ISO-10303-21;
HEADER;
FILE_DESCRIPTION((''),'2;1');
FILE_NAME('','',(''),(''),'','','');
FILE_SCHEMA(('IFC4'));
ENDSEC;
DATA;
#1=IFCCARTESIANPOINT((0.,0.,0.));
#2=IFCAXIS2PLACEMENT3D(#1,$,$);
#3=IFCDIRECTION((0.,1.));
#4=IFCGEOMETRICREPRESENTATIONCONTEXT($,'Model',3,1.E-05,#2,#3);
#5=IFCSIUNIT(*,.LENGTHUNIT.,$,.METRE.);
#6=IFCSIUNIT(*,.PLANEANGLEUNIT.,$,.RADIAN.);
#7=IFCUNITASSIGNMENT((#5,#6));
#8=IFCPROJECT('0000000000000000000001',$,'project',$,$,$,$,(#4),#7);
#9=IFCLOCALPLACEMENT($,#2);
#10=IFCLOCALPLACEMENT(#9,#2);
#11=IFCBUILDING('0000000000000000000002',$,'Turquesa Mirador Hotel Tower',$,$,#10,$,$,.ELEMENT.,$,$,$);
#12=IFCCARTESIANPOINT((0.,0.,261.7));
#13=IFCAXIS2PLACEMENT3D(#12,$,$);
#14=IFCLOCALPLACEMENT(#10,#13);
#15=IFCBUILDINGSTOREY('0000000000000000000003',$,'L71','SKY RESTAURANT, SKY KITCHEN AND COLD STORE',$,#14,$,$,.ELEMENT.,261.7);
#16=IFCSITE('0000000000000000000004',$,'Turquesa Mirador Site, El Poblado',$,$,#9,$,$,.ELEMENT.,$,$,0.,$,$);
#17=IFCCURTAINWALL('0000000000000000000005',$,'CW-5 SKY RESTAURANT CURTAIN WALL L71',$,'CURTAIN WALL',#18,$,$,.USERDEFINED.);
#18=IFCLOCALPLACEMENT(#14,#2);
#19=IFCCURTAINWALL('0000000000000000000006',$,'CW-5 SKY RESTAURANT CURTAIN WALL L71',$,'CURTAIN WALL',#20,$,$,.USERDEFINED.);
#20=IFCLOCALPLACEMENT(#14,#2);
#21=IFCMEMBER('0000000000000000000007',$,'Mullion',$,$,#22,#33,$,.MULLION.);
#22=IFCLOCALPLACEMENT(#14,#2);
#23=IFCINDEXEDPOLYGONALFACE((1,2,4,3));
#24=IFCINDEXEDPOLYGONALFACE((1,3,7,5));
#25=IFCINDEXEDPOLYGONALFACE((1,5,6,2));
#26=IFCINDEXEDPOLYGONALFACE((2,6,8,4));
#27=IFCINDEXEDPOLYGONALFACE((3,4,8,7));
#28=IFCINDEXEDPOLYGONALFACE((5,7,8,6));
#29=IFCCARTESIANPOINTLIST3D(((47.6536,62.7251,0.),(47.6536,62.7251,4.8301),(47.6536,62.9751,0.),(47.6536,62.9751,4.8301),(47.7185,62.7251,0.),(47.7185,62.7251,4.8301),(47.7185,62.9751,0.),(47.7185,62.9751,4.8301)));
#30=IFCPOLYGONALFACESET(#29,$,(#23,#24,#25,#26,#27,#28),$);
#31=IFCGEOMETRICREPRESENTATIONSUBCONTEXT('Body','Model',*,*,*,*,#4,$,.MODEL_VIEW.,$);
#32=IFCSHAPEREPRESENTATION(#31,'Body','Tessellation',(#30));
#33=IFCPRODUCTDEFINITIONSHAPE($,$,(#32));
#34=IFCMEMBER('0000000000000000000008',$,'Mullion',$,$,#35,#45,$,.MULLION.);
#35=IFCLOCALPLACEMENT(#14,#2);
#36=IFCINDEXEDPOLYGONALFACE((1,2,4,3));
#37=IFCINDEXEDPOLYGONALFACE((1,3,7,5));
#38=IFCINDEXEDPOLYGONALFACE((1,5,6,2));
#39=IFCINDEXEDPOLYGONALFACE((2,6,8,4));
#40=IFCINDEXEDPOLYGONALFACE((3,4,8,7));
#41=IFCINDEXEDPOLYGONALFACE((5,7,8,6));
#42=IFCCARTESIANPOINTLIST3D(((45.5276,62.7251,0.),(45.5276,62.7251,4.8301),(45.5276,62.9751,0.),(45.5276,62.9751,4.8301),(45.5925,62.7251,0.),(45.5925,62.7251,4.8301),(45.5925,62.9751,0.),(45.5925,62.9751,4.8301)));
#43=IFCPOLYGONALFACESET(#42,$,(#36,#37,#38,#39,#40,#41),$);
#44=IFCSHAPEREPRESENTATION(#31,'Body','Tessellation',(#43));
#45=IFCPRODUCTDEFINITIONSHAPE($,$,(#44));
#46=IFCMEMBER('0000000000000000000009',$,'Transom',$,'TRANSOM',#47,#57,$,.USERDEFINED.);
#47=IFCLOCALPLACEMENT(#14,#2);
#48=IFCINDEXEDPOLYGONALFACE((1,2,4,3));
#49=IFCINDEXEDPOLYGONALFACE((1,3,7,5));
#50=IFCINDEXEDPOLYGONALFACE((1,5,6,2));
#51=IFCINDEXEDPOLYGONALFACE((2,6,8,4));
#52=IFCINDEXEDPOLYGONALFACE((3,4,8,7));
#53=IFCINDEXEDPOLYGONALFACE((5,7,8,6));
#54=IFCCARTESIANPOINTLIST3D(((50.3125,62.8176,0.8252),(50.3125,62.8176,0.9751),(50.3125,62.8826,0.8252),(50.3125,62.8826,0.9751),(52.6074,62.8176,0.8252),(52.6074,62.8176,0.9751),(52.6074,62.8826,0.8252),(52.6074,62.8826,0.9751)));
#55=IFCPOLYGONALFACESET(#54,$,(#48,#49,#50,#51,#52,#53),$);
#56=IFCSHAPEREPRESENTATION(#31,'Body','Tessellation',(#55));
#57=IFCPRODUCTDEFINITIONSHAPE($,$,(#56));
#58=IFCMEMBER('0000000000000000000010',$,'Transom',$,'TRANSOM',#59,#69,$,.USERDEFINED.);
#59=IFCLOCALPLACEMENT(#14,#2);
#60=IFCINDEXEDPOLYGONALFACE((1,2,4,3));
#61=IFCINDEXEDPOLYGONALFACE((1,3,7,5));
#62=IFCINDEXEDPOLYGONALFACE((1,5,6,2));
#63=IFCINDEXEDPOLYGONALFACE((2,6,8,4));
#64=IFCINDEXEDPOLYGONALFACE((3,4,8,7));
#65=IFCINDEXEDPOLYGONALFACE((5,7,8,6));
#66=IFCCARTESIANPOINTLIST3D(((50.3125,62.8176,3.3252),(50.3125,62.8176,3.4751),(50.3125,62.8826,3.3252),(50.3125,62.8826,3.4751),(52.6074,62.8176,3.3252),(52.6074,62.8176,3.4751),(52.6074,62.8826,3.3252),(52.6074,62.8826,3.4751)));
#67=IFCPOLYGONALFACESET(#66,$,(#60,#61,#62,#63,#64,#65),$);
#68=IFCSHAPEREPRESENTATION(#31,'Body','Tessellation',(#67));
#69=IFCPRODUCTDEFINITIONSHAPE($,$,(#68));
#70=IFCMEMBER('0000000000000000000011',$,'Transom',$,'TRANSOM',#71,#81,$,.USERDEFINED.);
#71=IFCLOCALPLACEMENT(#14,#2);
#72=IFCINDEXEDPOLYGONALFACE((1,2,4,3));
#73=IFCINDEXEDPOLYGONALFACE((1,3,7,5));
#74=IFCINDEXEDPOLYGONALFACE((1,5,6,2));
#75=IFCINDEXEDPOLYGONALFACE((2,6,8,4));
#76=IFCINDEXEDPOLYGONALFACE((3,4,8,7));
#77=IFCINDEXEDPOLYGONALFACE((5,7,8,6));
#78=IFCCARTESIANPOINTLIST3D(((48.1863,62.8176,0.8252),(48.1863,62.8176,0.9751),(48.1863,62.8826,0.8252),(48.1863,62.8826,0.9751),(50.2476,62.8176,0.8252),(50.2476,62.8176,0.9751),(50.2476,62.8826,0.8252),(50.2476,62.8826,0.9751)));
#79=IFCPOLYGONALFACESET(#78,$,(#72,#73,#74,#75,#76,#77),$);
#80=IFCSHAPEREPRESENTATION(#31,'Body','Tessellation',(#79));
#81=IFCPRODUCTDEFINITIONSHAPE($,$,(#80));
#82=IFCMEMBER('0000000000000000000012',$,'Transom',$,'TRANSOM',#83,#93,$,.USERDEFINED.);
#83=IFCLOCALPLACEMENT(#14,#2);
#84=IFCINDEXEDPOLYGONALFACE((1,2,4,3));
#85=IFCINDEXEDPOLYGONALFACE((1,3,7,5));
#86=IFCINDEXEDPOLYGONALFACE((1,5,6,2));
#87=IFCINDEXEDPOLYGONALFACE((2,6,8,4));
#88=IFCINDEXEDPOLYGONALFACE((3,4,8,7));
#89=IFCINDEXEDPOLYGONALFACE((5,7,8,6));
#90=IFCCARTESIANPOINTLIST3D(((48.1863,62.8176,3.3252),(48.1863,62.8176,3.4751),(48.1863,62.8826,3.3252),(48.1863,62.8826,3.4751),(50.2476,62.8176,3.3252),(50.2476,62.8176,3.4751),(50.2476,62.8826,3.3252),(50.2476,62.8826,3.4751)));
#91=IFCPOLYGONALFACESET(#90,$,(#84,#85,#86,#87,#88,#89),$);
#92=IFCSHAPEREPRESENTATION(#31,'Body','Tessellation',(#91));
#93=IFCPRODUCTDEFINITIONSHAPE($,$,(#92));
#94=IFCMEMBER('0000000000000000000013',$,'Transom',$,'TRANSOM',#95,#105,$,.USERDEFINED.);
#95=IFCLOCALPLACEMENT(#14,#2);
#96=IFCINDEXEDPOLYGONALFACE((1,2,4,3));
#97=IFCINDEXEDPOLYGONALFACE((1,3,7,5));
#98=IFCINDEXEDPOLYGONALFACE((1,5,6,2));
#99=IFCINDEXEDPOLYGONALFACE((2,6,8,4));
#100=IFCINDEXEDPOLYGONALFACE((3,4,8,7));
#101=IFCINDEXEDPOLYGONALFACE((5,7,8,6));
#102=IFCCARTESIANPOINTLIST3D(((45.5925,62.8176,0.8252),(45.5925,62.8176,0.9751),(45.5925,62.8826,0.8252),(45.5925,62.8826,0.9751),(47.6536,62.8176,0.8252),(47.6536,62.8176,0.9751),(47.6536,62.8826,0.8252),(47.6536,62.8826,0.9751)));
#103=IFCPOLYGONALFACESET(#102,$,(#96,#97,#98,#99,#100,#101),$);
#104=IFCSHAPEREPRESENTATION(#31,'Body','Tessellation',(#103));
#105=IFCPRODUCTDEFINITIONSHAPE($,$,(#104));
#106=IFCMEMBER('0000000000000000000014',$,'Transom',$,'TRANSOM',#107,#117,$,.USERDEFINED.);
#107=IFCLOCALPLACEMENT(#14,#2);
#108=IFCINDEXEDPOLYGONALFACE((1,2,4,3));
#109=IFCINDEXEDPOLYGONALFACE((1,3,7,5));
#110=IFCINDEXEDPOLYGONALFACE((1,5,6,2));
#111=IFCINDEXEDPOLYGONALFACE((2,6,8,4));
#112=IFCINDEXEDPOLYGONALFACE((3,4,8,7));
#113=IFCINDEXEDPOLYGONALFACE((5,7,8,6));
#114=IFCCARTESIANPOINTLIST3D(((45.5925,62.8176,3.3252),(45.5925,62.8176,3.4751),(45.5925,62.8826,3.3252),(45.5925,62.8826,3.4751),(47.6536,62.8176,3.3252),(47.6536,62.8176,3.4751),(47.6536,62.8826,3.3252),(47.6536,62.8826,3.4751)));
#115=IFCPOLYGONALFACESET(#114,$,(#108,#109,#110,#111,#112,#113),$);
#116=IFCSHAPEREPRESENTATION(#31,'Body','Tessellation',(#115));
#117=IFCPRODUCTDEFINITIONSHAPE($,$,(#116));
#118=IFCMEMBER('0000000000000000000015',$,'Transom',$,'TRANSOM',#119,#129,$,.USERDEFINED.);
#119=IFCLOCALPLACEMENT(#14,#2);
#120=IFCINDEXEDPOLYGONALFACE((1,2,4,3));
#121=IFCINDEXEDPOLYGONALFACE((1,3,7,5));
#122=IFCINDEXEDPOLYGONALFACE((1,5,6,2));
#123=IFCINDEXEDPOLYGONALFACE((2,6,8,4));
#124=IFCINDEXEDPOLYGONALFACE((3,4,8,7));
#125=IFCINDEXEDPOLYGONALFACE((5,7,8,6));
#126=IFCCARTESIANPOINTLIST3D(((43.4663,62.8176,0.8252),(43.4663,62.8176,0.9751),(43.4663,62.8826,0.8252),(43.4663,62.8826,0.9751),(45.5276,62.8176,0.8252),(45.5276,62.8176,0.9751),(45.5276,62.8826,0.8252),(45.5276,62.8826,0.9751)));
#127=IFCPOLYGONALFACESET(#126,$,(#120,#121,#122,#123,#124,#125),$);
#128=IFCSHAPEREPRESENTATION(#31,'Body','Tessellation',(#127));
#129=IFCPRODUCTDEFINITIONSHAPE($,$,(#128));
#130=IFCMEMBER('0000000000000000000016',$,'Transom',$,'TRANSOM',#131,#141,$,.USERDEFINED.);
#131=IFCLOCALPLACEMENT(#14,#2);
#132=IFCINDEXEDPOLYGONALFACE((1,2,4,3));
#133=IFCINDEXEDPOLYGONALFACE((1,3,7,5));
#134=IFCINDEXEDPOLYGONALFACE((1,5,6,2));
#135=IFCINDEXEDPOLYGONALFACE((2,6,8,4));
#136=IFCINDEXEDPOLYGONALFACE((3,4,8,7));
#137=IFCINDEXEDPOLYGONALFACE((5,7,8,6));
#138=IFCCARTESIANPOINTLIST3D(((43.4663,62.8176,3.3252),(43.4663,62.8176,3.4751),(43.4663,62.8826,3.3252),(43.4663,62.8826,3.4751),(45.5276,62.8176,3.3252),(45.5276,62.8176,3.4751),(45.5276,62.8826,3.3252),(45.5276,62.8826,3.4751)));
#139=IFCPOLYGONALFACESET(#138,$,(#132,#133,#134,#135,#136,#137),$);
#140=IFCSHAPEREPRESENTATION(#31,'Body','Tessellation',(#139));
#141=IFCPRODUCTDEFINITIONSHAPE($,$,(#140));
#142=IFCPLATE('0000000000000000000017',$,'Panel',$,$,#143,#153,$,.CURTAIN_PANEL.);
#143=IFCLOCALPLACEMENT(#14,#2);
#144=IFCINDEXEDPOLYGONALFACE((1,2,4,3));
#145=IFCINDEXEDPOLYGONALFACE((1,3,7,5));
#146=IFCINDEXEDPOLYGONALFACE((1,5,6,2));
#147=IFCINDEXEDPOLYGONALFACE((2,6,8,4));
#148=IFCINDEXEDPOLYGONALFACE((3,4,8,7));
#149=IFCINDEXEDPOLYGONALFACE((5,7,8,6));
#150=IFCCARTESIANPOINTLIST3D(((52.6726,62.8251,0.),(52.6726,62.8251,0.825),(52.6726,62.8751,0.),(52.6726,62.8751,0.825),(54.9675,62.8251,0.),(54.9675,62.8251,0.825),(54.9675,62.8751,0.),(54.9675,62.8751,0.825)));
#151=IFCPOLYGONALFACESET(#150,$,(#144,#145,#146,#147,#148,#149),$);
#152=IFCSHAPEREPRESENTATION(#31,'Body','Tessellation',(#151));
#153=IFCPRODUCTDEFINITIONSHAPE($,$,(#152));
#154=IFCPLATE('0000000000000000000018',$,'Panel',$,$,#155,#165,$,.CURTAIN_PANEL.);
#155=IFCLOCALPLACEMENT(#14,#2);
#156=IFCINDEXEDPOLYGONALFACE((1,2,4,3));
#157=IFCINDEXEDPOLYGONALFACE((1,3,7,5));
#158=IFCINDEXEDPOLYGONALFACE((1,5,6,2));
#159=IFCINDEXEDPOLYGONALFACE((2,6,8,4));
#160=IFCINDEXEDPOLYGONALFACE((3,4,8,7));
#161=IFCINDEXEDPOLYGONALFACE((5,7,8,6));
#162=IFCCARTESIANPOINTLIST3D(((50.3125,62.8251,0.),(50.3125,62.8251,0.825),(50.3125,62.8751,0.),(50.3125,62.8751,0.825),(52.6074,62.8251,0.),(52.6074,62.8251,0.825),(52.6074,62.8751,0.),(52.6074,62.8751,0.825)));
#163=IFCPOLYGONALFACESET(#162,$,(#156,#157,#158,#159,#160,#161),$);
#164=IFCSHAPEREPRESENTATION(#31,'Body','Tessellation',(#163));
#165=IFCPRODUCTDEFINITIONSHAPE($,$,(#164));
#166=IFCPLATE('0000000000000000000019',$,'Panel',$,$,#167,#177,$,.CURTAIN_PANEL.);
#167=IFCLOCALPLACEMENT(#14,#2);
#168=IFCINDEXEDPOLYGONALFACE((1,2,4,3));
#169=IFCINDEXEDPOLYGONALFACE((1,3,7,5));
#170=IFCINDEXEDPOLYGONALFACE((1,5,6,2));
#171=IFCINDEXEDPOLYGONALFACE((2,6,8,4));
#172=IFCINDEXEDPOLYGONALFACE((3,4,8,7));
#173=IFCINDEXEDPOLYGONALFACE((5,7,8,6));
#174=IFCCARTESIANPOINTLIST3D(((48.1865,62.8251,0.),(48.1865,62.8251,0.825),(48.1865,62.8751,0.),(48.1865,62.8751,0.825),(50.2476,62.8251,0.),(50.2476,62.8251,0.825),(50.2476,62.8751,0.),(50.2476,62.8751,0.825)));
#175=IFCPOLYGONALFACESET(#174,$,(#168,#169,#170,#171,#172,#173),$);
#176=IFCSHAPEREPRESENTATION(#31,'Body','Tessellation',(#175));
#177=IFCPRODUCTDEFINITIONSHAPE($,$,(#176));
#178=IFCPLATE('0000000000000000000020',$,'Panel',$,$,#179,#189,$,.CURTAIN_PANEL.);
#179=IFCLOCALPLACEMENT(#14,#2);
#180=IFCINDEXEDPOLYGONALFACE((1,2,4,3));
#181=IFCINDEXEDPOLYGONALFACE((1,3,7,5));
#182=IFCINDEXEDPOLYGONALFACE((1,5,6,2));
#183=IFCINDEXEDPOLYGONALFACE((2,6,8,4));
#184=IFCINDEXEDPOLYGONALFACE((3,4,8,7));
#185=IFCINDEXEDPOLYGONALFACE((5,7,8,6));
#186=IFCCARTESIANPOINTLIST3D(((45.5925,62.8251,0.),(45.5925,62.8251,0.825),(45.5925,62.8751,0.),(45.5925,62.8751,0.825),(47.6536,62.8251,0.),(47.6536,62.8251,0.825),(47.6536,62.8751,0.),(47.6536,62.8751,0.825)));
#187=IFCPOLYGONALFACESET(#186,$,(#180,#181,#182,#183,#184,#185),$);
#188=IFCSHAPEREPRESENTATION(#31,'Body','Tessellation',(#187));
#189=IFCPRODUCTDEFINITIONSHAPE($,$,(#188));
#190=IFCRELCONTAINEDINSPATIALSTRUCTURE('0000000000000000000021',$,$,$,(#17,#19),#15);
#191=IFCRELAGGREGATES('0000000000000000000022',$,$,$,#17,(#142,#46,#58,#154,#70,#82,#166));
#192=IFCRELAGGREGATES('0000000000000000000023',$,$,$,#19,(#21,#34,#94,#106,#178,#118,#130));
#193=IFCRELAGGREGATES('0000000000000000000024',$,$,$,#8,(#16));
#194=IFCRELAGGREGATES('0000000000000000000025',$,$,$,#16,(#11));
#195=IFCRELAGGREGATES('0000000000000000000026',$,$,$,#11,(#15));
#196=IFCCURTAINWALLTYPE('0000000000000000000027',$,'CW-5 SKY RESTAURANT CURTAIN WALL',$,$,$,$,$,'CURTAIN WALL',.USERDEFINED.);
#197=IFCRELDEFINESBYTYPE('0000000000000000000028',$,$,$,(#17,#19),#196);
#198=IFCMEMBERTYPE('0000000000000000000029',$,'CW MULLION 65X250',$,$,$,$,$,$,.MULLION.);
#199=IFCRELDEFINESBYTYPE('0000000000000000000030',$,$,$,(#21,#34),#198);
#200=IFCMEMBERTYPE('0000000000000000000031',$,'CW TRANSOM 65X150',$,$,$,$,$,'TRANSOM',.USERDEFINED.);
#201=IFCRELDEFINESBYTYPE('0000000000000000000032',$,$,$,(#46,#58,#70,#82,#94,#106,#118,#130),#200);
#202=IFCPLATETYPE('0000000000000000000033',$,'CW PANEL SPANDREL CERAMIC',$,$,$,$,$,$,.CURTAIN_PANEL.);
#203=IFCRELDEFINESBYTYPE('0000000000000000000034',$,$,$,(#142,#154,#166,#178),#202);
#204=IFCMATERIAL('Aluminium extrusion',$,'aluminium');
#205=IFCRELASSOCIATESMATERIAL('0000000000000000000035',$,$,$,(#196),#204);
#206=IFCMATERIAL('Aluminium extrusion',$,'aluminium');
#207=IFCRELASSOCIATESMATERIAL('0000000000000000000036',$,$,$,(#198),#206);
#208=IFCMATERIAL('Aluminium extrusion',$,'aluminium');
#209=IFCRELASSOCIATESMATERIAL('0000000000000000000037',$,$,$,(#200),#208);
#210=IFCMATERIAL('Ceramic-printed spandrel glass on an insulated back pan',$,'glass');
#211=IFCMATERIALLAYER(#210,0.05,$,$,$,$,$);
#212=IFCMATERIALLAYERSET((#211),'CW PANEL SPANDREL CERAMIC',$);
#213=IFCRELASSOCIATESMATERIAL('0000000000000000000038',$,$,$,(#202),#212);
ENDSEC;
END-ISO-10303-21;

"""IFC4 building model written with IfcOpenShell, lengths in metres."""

from ifc_helpers import new_model, si_unit, direction, frame, origin, origin_2d, place, context, subcontext, project, spatial, rectangle, extrude, material, layer, layer_set, material_profile, profile_set, type_object, element, aggregate, save


model = new_model("IFC4")

# Units and contexts
model_context = context("Model", 3, precision=1e-05, world=origin(), true_north=direction((0.0, 1.0)))
body_context = subcontext(model_context, "Body", "Model", "MODEL_VIEW")
ifc_project = project(units=[si_unit("LENGTHUNIT", "METRE"), si_unit("PLANEANGLEUNIT", "RADIAN")], contexts=[model_context])

# Site, building, storey
site_placement = place(None, origin())
site = spatial("IfcSite", under=ifc_project, at=site_placement, Name="Turquesa Mirador Site, El Poblado", CompositionType="ELEMENT", RefElevation=0.0)
building_placement = place(site_placement, origin())
building = spatial("IfcBuilding", under=site, at=building_placement, Name="Turquesa Mirador Hotel Tower", CompositionType="ELEMENT")
storey_placement = place(building_placement, frame((0.0, 0.0, 261.7)))
storey = spatial("IfcBuildingStorey", under=building, at=storey_placement, Name="L71", Description="SKY RESTAURANT, SKY KITCHEN AND COLD STORE", CompositionType="ELEMENT", Elevation=261.7)

# Curtain walls, members
ifc_material_1 = material(Name="Aluminium extrusion", Category="aluminium")
curtain_wall_type = type_object("IfcCurtainWallType", Name="CW-5 SKY RESTAURANT CURTAIN WALL", ElementType="CURTAIN WALL", PredefinedType="USERDEFINED", material=ifc_material_1)
curtain_wall_1_placement = place(storey_placement, origin())
curtain_wall_1 = element("IfcCurtainWall", 1, at=curtain_wall_1_placement, inside=storey, type_object=curtain_wall_type, Name="CW-5 SKY RESTAURANT CURTAIN WALL L71", ObjectType="CURTAIN WALL", PredefinedType="USERDEFINED")
ifc_material_2 = material(Name="Aluminium extrusion", Category="aluminium")
ifc_material_profile_1 = material_profile(ifc_material_2, rectangle(XDim=0.0649, YDim=0.25, at=origin_2d()), Name="MULLION 65X250")
ifc_profile_set_1 = profile_set([ifc_material_profile_1], Name="Aluminium extrusion")
member_type_1 = type_object("IfcMemberType", Name="CW MULLION 65X250", PredefinedType="MULLION", material=ifc_profile_set_1)
curtain_wall_2_placement = place(storey_placement, origin())
curtain_wall_2 = element("IfcCurtainWall", 2, at=curtain_wall_2_placement, inside=storey, type_object=curtain_wall_type, Name="CW-5 SKY RESTAURANT CURTAIN WALL L71", ObjectType="CURTAIN WALL", PredefinedType="USERDEFINED")
member_1_placement = place(storey_placement, frame((47.686, 62.8501, 0.0), z_axis=(0.0, 0.0, 1.0), x_axis=(-1.0, 0.0, 0.0)))
member_1 = element("IfcMember", 3, at=member_1_placement, type_object=member_type_1, Name="Mullion", PredefinedType="MULLION", context=body_context, shape_type="SweptSolid", body=[
    extrude(rectangle(XDim=0.0649, YDim=0.25, at=origin_2d()), origin(), (0.0, 0.0, 1.0), 4.8301),
])
member_2_placement = place(storey_placement, frame((45.5601, 62.8501, 0.0), z_axis=(0.0, 0.0, 1.0), x_axis=(-1.0, 0.0, 0.0)))
member_2 = element("IfcMember", 4, at=member_2_placement, type_object=member_type_1, Name="Mullion", PredefinedType="MULLION", context=body_context, shape_type="SweptSolid", body=[
    extrude(rectangle(XDim=0.0649, YDim=0.25, at=origin_2d()), origin(), (0.0, 0.0, 1.0), 4.8301),
])

# Members
ifc_material_3 = material(Name="Aluminium extrusion", Category="aluminium")
ifc_material_profile_2 = material_profile(ifc_material_3, rectangle(XDim=0.0649, YDim=0.1499, at=origin_2d()), Name="TRANSOM 65X150")
ifc_profile_set_2 = profile_set([ifc_material_profile_2], Name="Aluminium extrusion")
member_type_2 = type_object("IfcMemberType", Name="CW TRANSOM 65X150", ElementType="TRANSOM", PredefinedType="USERDEFINED", material=ifc_profile_set_2)
member_3_placement = place(storey_placement, frame((52.6074, 62.8501, 0.9001), z_axis=(-1.0, 0.0, 0.0), x_axis=(0.0, -1.0, 0.0)))
member_3 = element("IfcMember", 5, at=member_3_placement, type_object=member_type_2, Name="Transom", ObjectType="TRANSOM", PredefinedType="USERDEFINED", context=body_context, shape_type="SweptSolid", body=[
    extrude(rectangle(XDim=0.0649, YDim=0.1499, at=origin_2d()), origin(), (0.0, 0.0, 1.0), 2.2949),
])
member_4_placement = place(storey_placement, frame((52.6074, 62.8501, 3.4001), z_axis=(-1.0, 0.0, 0.0), x_axis=(0.0, -1.0, 0.0)))
member_4 = element("IfcMember", 6, at=member_4_placement, type_object=member_type_2, Name="Transom", ObjectType="TRANSOM", PredefinedType="USERDEFINED", context=body_context, shape_type="SweptSolid", body=[
    extrude(rectangle(XDim=0.0649, YDim=0.1499, at=origin_2d()), origin(), (0.0, 0.0, 1.0), 2.2949),
])
member_5_placement = place(storey_placement, frame((50.2476, 62.8501, 0.9001), z_axis=(-1.0, 0.0, 0.0), x_axis=(0.0, -1.0, 0.0)))
member_5 = element("IfcMember", 7, at=member_5_placement, type_object=member_type_2, Name="Transom", ObjectType="TRANSOM", PredefinedType="USERDEFINED", context=body_context, shape_type="SweptSolid", body=[
    extrude(rectangle(XDim=0.0649, YDim=0.1499, at=origin_2d()), origin(), (0.0, 0.0, 1.0), 2.0613),
])
member_6_placement = place(storey_placement, frame((50.2476, 62.8501, 3.4001), z_axis=(-1.0, 0.0, 0.0), x_axis=(0.0, -1.0, 0.0)))
member_6 = element("IfcMember", 8, at=member_6_placement, type_object=member_type_2, Name="Transom", ObjectType="TRANSOM", PredefinedType="USERDEFINED", context=body_context, shape_type="SweptSolid", body=[
    extrude(rectangle(XDim=0.0649, YDim=0.1499, at=origin_2d()), origin(), (0.0, 0.0, 1.0), 2.0613),
])
member_7_placement = place(storey_placement, frame((47.6536, 62.8501, 0.9001), z_axis=(-1.0, 0.0, 0.0), x_axis=(0.0, -1.0, 0.0)))
member_7 = element("IfcMember", 9, at=member_7_placement, type_object=member_type_2, Name="Transom", ObjectType="TRANSOM", PredefinedType="USERDEFINED", context=body_context, shape_type="SweptSolid", body=[
    extrude(rectangle(XDim=0.0649, YDim=0.1499, at=origin_2d()), origin(), (0.0, 0.0, 1.0), 2.061),
])
member_8_placement = place(storey_placement, frame((47.6536, 62.8501, 3.4001), z_axis=(-1.0, 0.0, 0.0), x_axis=(0.0, -1.0, 0.0)))
member_8 = element("IfcMember", 10, at=member_8_placement, type_object=member_type_2, Name="Transom", ObjectType="TRANSOM", PredefinedType="USERDEFINED", context=body_context, shape_type="SweptSolid", body=[
    extrude(rectangle(XDim=0.0649, YDim=0.1499, at=origin_2d()), origin(), (0.0, 0.0, 1.0), 2.061),
])
member_9_placement = place(storey_placement, frame((45.5276, 62.8501, 0.9001), z_axis=(-1.0, 0.0, 0.0), x_axis=(0.0, -1.0, 0.0)))
member_9 = element("IfcMember", 11, at=member_9_placement, type_object=member_type_2, Name="Transom", ObjectType="TRANSOM", PredefinedType="USERDEFINED", context=body_context, shape_type="SweptSolid", body=[
    extrude(rectangle(XDim=0.0649, YDim=0.1499, at=origin_2d()), origin(), (0.0, 0.0, 1.0), 2.0613),
])
member_10_placement = place(storey_placement, frame((45.5276, 62.8501, 3.4001), z_axis=(-1.0, 0.0, 0.0), x_axis=(0.0, -1.0, 0.0)))
member_10 = element("IfcMember", 12, at=member_10_placement, type_object=member_type_2, Name="Transom", ObjectType="TRANSOM", PredefinedType="USERDEFINED", context=body_context, shape_type="SweptSolid", body=[
    extrude(rectangle(XDim=0.0649, YDim=0.1499, at=origin_2d()), origin(), (0.0, 0.0, 1.0), 2.0613),
])

# Plates
ifc_material_4 = material(Name="Ceramic-printed spandrel glass on an insulated back pan", Category="glass")
ifc_layer_1 = layer(ifc_material_4, 0.05)
ifc_layer_set_1 = layer_set([ifc_layer_1], Name="CW PANEL SPANDREL CERAMIC")
plate_type_1 = type_object("IfcPlateType", Name="CW PANEL SPANDREL CERAMIC", PredefinedType="CURTAIN_PANEL", material=ifc_layer_set_1)
plate_1_placement = place(storey_placement, frame((53.8201, 62.8501, 0.0), z_axis=(0.0, 0.0, 1.0), x_axis=(-1.0, 0.0, 0.0)))
plate_1 = element("IfcPlate", 13, at=plate_1_placement, type_object=plate_type_1, Name="Panel", PredefinedType="CURTAIN_PANEL", context=body_context, shape_type="SweptSolid", body=[
    extrude(rectangle(XDim=2.2949, YDim=0.05, at=origin_2d()), origin(), (0.0, 0.0, 1.0), 0.825),
])
plate_2_placement = place(storey_placement, frame((51.46, 62.8501, 0.0), z_axis=(0.0, 0.0, 1.0), x_axis=(-1.0, 0.0, 0.0)))
plate_2 = element("IfcPlate", 14, at=plate_2_placement, type_object=plate_type_1, Name="Panel", PredefinedType="CURTAIN_PANEL", context=body_context, shape_type="SweptSolid", body=[
    extrude(rectangle(XDim=2.2949, YDim=0.05, at=origin_2d()), origin(), (0.0, 0.0, 1.0), 0.825),
])
plate_3_placement = place(storey_placement, frame((49.217, 62.8501, 0.0), z_axis=(0.0, 0.0, 1.0), x_axis=(-1.0, 0.0, 0.0)))
plate_3 = element("IfcPlate", 15, at=plate_3_placement, type_object=plate_type_1, Name="Panel", PredefinedType="CURTAIN_PANEL", context=body_context, shape_type="SweptSolid", body=[
    extrude(rectangle(XDim=2.061, YDim=0.05, at=origin_2d()), origin(), (0.0, 0.0, 1.0), 0.825),
])
plate_4_placement = place(storey_placement, frame((46.623, 62.8501, 0.0), z_axis=(0.0, 0.0, 1.0), x_axis=(-1.0, 0.0, 0.0)))
plate_4 = element("IfcPlate", 16, at=plate_4_placement, type_object=plate_type_1, Name="Panel", PredefinedType="CURTAIN_PANEL", context=body_context, shape_type="SweptSolid", body=[
    extrude(rectangle(XDim=2.061, YDim=0.05, at=origin_2d()), origin(), (0.0, 0.0, 1.0), 0.825),
])
aggregate(curtain_wall_1, [plate_1, member_3, member_4, plate_2, member_5, member_6, plate_3])
aggregate(curtain_wall_2, [member_1, member_2, member_7, member_8, plate_4, member_9, member_10])

save(model, "model.ifc")
